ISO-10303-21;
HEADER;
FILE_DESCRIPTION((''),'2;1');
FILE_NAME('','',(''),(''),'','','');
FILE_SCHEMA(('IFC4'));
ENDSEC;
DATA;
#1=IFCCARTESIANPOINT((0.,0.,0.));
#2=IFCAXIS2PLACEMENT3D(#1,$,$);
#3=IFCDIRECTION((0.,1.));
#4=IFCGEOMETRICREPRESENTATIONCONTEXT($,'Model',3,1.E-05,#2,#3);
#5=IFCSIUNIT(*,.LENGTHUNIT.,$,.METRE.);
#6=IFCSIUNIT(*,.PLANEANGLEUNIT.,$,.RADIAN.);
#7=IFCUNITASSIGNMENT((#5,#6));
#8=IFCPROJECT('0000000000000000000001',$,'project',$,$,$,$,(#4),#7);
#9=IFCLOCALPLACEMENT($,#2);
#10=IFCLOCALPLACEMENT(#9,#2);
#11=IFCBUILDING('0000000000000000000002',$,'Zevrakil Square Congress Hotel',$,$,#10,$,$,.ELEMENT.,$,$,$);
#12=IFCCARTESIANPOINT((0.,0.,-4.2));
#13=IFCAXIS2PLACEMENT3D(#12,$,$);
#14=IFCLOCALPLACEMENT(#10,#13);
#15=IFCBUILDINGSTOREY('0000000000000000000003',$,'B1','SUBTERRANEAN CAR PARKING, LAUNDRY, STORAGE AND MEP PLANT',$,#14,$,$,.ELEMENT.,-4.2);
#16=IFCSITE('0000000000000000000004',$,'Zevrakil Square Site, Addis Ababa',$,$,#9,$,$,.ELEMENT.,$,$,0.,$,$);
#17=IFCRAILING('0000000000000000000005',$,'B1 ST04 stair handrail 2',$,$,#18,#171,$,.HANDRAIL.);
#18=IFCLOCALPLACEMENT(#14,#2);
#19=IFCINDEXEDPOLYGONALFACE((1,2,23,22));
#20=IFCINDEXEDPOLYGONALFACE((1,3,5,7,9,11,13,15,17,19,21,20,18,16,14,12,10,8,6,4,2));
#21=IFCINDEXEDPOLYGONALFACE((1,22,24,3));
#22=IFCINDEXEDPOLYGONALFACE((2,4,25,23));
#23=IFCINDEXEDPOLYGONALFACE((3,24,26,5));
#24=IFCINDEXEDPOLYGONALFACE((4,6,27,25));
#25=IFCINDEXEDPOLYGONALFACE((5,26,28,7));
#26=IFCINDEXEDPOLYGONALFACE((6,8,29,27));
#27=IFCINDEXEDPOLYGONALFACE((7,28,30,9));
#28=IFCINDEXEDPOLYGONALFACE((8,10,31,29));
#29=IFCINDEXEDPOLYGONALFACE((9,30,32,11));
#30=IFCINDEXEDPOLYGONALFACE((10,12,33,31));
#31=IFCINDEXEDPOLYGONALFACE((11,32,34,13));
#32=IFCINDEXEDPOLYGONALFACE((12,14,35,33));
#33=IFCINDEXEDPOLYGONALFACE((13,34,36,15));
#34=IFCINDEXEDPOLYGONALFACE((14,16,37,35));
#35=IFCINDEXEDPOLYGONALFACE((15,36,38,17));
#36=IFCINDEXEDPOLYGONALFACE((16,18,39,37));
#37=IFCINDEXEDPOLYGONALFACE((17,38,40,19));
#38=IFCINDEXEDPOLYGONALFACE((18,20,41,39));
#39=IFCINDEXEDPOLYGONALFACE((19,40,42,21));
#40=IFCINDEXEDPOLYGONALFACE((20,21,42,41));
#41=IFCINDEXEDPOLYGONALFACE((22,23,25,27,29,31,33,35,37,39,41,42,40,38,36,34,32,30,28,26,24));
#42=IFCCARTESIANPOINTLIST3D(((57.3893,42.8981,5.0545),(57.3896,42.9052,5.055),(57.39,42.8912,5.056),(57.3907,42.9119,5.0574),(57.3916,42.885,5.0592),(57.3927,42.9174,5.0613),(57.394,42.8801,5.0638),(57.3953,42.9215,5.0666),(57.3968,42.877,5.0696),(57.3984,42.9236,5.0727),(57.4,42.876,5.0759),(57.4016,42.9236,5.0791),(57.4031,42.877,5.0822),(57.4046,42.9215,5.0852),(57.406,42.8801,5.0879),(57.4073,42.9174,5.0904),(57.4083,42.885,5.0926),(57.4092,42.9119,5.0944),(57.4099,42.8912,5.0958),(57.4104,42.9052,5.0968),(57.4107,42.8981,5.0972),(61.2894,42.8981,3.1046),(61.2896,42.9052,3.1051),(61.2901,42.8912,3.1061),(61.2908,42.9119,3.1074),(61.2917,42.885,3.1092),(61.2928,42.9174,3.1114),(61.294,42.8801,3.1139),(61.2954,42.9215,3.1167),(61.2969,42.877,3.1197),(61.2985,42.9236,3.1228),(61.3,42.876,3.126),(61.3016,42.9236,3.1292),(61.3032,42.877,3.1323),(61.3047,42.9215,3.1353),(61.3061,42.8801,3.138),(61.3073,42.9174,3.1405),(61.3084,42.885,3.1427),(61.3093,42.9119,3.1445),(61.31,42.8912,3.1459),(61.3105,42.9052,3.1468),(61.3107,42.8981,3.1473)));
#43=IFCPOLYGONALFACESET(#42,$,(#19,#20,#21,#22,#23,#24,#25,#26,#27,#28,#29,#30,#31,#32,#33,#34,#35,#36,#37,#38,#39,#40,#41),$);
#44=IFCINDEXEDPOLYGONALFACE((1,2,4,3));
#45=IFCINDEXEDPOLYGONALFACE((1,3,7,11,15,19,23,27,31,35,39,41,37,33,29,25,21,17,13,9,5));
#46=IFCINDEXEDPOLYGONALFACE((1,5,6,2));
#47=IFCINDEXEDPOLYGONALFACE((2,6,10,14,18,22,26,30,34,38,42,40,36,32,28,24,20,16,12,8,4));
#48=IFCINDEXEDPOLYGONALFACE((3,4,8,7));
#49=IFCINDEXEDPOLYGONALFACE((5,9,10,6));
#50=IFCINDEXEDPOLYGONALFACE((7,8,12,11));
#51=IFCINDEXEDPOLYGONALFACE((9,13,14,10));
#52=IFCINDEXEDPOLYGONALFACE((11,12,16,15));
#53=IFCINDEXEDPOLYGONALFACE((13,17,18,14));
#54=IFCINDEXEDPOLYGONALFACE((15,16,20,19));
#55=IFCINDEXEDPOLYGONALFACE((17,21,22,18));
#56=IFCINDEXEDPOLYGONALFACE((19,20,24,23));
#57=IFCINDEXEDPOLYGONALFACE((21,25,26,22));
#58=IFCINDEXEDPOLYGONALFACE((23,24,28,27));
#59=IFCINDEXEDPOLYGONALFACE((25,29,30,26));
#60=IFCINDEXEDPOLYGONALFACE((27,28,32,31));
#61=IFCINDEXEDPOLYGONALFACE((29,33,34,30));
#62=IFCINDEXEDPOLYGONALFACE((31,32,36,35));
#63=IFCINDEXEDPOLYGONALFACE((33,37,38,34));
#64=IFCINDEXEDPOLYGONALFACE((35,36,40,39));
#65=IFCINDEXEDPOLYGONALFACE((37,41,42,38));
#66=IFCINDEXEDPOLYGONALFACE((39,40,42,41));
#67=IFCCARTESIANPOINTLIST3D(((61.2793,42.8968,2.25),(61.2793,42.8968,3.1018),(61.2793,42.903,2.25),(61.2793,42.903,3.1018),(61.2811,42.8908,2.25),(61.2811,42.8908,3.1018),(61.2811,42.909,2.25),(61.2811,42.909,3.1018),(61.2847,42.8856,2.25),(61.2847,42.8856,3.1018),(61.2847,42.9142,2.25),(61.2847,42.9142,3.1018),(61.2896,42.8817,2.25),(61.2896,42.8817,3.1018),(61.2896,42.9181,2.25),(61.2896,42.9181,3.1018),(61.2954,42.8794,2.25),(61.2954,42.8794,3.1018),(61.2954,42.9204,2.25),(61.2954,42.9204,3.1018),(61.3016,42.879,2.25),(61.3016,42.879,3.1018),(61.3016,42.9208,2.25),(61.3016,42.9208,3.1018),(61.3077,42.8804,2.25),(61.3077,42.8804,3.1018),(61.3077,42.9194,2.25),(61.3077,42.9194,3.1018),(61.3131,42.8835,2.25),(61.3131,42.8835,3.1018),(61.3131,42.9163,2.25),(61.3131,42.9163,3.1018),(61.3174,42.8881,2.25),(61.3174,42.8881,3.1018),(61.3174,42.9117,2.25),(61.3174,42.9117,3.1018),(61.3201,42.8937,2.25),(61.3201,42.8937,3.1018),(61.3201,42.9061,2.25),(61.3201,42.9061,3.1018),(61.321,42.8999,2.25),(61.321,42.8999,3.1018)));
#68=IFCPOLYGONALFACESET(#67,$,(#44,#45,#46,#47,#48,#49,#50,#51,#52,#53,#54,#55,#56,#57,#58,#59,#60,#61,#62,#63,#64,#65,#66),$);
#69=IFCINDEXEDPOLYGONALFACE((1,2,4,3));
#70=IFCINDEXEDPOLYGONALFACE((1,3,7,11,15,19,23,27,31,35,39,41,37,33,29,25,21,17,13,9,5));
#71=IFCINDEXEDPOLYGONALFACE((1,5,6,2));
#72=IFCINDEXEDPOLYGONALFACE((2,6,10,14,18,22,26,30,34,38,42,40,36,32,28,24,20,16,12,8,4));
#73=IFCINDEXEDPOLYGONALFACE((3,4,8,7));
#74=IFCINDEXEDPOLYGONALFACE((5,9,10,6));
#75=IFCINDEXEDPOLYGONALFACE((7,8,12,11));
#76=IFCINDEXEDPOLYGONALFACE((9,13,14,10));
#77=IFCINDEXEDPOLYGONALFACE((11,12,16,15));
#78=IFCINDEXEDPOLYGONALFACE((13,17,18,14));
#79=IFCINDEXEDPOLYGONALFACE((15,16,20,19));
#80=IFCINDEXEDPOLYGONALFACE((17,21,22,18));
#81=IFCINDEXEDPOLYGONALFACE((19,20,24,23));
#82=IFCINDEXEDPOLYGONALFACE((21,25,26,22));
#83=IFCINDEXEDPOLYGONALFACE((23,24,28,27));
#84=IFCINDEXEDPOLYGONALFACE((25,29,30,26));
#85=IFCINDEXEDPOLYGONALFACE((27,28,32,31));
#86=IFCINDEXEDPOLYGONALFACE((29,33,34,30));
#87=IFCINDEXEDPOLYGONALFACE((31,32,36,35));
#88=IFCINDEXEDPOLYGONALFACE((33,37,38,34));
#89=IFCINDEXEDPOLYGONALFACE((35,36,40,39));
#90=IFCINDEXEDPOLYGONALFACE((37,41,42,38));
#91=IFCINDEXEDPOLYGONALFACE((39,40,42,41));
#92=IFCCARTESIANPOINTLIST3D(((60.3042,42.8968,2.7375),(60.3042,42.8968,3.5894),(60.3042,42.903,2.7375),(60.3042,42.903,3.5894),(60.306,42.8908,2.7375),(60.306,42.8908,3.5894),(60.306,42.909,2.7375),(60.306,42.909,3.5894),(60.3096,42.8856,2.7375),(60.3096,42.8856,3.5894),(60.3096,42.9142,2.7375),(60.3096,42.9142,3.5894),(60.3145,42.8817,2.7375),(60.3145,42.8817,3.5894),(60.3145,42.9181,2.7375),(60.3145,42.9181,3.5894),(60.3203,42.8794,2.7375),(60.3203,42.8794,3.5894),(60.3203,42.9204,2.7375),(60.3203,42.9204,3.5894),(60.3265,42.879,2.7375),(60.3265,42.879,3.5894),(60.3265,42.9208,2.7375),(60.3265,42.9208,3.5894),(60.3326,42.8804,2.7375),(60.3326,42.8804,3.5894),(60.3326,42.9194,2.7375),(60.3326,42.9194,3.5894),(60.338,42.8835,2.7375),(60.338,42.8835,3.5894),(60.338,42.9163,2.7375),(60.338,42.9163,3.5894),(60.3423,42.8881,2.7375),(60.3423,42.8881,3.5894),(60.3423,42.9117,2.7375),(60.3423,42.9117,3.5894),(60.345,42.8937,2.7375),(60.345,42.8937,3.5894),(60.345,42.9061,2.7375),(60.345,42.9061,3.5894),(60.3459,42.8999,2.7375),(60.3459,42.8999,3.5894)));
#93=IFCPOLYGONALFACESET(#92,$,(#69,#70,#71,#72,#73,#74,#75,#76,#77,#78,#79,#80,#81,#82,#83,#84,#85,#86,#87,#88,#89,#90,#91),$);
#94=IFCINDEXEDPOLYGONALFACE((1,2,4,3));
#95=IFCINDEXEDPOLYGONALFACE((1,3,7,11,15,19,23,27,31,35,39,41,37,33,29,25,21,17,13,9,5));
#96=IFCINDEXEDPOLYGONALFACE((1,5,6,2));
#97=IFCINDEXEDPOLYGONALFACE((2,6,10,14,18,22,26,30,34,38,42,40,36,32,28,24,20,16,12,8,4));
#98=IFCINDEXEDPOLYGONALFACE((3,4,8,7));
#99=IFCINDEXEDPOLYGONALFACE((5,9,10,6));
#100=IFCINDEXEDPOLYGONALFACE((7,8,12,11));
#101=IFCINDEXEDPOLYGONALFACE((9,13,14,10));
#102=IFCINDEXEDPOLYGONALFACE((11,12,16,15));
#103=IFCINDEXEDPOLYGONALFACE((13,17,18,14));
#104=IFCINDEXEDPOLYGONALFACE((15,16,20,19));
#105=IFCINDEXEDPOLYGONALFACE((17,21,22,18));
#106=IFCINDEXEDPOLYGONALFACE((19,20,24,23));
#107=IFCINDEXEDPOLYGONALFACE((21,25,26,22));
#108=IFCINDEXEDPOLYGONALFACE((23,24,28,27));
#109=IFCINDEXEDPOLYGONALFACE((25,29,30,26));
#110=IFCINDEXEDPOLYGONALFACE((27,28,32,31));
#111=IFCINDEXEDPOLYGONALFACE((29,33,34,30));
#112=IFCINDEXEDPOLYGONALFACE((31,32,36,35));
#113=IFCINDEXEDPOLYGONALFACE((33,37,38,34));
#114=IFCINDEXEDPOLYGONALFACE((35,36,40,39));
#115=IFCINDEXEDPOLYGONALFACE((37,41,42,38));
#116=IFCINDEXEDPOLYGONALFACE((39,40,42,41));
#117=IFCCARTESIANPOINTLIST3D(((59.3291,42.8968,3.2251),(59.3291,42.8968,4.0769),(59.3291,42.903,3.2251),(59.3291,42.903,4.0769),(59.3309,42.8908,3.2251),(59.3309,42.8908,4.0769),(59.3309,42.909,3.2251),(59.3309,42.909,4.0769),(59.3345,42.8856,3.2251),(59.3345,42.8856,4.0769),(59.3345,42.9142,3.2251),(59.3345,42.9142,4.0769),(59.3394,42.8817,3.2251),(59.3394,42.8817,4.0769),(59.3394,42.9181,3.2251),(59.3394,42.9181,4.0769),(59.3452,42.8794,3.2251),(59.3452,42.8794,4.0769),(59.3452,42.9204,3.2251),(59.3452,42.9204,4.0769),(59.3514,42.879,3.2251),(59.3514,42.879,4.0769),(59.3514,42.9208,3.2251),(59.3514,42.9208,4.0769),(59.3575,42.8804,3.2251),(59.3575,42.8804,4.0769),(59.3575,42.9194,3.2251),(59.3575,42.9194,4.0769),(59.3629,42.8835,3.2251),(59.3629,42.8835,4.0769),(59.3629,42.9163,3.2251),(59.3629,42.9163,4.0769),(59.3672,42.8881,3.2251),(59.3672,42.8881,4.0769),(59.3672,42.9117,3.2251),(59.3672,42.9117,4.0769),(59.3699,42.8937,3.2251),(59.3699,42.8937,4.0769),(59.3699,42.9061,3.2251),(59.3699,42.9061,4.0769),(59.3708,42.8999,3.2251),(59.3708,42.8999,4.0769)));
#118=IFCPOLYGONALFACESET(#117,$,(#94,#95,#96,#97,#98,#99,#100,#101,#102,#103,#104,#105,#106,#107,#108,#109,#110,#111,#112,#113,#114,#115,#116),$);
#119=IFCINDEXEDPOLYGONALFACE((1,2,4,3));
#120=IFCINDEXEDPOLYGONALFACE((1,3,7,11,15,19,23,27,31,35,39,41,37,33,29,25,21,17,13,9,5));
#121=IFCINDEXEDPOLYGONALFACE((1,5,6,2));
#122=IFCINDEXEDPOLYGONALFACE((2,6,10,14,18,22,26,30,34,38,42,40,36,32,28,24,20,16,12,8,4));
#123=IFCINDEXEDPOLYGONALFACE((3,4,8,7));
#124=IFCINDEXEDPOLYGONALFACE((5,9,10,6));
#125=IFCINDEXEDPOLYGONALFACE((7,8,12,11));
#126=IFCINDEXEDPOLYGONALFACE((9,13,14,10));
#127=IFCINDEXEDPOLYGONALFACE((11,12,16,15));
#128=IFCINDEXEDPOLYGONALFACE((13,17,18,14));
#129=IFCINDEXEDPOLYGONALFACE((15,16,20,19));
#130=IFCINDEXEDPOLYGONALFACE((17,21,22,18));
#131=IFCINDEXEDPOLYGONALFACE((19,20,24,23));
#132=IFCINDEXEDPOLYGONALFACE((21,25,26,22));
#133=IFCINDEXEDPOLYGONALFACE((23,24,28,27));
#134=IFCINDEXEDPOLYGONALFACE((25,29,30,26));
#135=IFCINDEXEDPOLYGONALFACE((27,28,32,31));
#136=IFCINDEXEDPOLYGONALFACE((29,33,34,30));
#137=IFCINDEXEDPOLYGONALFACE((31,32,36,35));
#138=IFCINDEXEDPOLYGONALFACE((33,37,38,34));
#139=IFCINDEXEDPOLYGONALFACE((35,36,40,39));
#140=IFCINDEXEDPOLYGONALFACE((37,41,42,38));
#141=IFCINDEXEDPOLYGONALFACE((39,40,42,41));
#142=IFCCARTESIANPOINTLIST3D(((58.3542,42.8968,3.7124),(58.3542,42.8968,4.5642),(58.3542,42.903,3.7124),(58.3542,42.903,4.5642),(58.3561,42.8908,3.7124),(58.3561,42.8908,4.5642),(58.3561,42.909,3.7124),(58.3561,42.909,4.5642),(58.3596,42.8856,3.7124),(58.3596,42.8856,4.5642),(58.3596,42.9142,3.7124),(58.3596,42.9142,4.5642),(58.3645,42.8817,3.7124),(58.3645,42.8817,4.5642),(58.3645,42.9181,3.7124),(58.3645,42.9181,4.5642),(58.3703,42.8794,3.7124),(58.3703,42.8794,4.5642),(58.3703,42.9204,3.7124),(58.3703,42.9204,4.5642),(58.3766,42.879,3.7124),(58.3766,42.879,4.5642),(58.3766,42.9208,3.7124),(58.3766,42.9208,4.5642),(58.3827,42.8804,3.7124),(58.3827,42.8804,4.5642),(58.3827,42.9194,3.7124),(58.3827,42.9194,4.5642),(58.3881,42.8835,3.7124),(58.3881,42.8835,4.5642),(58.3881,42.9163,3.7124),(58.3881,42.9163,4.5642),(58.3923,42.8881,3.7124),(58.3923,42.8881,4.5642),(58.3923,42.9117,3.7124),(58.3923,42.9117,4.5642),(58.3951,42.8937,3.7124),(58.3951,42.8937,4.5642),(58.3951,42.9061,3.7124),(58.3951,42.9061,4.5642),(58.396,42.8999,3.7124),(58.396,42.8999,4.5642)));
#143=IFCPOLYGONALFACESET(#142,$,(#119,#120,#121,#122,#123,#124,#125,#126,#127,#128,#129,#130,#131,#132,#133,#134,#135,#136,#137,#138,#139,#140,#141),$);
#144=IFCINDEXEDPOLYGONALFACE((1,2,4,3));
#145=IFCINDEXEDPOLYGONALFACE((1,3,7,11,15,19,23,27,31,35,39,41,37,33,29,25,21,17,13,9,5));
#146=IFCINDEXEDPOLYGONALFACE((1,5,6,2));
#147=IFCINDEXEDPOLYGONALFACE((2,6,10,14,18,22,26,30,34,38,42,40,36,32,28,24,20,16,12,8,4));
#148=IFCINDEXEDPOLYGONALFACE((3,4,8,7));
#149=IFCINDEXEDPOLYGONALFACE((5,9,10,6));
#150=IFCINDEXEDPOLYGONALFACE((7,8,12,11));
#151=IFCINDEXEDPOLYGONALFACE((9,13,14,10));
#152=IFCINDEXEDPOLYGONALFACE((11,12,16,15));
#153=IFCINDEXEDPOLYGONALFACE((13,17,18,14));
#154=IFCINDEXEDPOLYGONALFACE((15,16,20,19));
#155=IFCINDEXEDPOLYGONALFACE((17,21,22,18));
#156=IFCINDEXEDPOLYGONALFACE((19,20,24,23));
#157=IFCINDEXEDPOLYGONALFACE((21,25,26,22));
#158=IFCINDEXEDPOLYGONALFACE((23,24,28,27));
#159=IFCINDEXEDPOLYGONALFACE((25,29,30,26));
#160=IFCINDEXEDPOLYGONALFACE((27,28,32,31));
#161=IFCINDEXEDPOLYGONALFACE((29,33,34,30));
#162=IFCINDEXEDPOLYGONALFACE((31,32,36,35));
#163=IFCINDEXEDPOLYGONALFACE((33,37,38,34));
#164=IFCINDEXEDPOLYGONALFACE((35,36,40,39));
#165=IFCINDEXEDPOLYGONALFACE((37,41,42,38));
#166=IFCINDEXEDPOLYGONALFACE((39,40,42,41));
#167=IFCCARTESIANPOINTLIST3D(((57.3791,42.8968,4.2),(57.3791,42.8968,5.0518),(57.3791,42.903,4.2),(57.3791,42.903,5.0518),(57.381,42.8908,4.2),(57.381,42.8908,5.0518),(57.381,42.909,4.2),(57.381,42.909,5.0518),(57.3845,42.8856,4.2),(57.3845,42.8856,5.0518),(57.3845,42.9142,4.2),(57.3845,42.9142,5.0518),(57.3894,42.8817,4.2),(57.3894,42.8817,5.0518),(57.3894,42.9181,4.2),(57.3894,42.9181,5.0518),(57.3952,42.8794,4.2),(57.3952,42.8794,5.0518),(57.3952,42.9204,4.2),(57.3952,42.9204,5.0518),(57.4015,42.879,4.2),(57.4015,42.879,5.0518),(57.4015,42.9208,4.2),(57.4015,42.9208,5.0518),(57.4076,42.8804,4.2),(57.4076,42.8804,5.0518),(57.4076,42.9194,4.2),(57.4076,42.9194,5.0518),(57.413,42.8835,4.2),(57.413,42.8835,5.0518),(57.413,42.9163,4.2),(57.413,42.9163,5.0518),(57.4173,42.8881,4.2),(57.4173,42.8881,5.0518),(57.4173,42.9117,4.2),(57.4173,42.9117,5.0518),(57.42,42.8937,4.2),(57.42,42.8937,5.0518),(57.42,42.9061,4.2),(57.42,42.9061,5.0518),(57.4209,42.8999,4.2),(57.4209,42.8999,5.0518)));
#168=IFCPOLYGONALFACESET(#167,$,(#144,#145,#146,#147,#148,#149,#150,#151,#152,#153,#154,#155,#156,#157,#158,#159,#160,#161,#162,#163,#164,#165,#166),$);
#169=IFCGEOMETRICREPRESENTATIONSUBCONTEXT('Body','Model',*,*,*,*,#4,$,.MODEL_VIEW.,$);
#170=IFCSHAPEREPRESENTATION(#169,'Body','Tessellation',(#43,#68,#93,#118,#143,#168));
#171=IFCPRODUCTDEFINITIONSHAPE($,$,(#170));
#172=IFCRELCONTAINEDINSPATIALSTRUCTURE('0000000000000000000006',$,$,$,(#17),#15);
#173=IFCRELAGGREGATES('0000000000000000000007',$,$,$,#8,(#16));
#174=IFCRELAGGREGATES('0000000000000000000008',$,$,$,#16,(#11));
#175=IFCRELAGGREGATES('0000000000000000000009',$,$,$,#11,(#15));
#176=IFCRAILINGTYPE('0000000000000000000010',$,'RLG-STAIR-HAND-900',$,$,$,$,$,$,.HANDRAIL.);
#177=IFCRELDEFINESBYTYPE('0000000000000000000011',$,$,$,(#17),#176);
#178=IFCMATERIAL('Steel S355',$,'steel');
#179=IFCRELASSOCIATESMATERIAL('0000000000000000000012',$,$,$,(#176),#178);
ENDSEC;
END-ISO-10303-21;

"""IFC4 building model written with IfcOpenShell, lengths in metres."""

from ifc_helpers import new_model, si_unit, direction, frame, origin, origin_2d, place, context, subcontext, project, spatial, circle, extrude, material, type_object, element, save


model = new_model("IFC4")

# Units and contexts
model_context = context("Model", 3, precision=1e-05, world=origin(), true_north=direction((0.0, 1.0)))
body_context = subcontext(model_context, "Body", "Model", "MODEL_VIEW")
ifc_project = project(units=[si_unit("LENGTHUNIT", "METRE"), si_unit("PLANEANGLEUNIT", "RADIAN")], contexts=[model_context])

# Site, building, storey
site_placement = place(None, origin())
site = spatial("IfcSite", under=ifc_project, at=site_placement, Name="Zevrakil Square Site, Addis Ababa", CompositionType="ELEMENT", RefElevation=0.0)
building_placement = place(site_placement, origin())
building = spatial("IfcBuilding", under=site, at=building_placement, Name="Zevrakil Square Congress Hotel", CompositionType="ELEMENT")
storey_placement = place(building_placement, frame((0.0, 0.0, -4.2)))
storey = spatial("IfcBuildingStorey", under=building, at=storey_placement, Name="B1", Description="SUBTERRANEAN CAR PARKING, LAUNDRY, STORAGE AND MEP PLANT", CompositionType="ELEMENT", Elevation=-4.2)

# Railing
ifc_material_1 = material(Name="Steel S355", Category="steel")
railing_type_1 = type_object("IfcRailingType", Name="RLG-STAIR-HAND-900", PredefinedType="HANDRAIL", material=ifc_material_1)
railing_1_placement = place(storey_placement, frame((61.3, 42.8999, 2.25)))
element("IfcRailing", 1, at=railing_1_placement, inside=storey, type_object=railing_type_1, Name="B1 ST04 stair handrail 2", PredefinedType="HANDRAIL", context=body_context, shape_type="SweptSolid", body=[
    extrude(circle(Radius=0.0239, at=origin_2d()), frame((0.0, 0.0, 0.876), z_axis=(-0.894438, 0.0, 0.447191), x_axis=(0.0, -1.0, 0.0)), (0.0, 0.0, 1.0), 4.3604),
    extrude(circle(Radius=0.021, at=origin_2d()), origin(), (0.0, 0.0, 1.0), 0.8518),
    extrude(circle(Radius=0.021, at=origin_2d()), frame((-0.9751, 0.0, 0.4875)), (0.0, 0.0, 1.0), 0.8518),
    extrude(circle(Radius=0.021, at=origin_2d()), frame((-1.9502, 0.0, 0.9751)), (0.0, 0.0, 1.0), 0.8518),
    extrude(circle(Radius=0.021, at=origin_2d()), frame((-2.925, 0.0, 1.4624)), (0.0, 0.0, 1.0), 0.8518),
    extrude(circle(Radius=0.021, at=origin_2d()), frame((-3.9001, 0.0, 1.95)), (0.0, 0.0, 1.0), 0.8518),
])

save(model, "model.ifc")
